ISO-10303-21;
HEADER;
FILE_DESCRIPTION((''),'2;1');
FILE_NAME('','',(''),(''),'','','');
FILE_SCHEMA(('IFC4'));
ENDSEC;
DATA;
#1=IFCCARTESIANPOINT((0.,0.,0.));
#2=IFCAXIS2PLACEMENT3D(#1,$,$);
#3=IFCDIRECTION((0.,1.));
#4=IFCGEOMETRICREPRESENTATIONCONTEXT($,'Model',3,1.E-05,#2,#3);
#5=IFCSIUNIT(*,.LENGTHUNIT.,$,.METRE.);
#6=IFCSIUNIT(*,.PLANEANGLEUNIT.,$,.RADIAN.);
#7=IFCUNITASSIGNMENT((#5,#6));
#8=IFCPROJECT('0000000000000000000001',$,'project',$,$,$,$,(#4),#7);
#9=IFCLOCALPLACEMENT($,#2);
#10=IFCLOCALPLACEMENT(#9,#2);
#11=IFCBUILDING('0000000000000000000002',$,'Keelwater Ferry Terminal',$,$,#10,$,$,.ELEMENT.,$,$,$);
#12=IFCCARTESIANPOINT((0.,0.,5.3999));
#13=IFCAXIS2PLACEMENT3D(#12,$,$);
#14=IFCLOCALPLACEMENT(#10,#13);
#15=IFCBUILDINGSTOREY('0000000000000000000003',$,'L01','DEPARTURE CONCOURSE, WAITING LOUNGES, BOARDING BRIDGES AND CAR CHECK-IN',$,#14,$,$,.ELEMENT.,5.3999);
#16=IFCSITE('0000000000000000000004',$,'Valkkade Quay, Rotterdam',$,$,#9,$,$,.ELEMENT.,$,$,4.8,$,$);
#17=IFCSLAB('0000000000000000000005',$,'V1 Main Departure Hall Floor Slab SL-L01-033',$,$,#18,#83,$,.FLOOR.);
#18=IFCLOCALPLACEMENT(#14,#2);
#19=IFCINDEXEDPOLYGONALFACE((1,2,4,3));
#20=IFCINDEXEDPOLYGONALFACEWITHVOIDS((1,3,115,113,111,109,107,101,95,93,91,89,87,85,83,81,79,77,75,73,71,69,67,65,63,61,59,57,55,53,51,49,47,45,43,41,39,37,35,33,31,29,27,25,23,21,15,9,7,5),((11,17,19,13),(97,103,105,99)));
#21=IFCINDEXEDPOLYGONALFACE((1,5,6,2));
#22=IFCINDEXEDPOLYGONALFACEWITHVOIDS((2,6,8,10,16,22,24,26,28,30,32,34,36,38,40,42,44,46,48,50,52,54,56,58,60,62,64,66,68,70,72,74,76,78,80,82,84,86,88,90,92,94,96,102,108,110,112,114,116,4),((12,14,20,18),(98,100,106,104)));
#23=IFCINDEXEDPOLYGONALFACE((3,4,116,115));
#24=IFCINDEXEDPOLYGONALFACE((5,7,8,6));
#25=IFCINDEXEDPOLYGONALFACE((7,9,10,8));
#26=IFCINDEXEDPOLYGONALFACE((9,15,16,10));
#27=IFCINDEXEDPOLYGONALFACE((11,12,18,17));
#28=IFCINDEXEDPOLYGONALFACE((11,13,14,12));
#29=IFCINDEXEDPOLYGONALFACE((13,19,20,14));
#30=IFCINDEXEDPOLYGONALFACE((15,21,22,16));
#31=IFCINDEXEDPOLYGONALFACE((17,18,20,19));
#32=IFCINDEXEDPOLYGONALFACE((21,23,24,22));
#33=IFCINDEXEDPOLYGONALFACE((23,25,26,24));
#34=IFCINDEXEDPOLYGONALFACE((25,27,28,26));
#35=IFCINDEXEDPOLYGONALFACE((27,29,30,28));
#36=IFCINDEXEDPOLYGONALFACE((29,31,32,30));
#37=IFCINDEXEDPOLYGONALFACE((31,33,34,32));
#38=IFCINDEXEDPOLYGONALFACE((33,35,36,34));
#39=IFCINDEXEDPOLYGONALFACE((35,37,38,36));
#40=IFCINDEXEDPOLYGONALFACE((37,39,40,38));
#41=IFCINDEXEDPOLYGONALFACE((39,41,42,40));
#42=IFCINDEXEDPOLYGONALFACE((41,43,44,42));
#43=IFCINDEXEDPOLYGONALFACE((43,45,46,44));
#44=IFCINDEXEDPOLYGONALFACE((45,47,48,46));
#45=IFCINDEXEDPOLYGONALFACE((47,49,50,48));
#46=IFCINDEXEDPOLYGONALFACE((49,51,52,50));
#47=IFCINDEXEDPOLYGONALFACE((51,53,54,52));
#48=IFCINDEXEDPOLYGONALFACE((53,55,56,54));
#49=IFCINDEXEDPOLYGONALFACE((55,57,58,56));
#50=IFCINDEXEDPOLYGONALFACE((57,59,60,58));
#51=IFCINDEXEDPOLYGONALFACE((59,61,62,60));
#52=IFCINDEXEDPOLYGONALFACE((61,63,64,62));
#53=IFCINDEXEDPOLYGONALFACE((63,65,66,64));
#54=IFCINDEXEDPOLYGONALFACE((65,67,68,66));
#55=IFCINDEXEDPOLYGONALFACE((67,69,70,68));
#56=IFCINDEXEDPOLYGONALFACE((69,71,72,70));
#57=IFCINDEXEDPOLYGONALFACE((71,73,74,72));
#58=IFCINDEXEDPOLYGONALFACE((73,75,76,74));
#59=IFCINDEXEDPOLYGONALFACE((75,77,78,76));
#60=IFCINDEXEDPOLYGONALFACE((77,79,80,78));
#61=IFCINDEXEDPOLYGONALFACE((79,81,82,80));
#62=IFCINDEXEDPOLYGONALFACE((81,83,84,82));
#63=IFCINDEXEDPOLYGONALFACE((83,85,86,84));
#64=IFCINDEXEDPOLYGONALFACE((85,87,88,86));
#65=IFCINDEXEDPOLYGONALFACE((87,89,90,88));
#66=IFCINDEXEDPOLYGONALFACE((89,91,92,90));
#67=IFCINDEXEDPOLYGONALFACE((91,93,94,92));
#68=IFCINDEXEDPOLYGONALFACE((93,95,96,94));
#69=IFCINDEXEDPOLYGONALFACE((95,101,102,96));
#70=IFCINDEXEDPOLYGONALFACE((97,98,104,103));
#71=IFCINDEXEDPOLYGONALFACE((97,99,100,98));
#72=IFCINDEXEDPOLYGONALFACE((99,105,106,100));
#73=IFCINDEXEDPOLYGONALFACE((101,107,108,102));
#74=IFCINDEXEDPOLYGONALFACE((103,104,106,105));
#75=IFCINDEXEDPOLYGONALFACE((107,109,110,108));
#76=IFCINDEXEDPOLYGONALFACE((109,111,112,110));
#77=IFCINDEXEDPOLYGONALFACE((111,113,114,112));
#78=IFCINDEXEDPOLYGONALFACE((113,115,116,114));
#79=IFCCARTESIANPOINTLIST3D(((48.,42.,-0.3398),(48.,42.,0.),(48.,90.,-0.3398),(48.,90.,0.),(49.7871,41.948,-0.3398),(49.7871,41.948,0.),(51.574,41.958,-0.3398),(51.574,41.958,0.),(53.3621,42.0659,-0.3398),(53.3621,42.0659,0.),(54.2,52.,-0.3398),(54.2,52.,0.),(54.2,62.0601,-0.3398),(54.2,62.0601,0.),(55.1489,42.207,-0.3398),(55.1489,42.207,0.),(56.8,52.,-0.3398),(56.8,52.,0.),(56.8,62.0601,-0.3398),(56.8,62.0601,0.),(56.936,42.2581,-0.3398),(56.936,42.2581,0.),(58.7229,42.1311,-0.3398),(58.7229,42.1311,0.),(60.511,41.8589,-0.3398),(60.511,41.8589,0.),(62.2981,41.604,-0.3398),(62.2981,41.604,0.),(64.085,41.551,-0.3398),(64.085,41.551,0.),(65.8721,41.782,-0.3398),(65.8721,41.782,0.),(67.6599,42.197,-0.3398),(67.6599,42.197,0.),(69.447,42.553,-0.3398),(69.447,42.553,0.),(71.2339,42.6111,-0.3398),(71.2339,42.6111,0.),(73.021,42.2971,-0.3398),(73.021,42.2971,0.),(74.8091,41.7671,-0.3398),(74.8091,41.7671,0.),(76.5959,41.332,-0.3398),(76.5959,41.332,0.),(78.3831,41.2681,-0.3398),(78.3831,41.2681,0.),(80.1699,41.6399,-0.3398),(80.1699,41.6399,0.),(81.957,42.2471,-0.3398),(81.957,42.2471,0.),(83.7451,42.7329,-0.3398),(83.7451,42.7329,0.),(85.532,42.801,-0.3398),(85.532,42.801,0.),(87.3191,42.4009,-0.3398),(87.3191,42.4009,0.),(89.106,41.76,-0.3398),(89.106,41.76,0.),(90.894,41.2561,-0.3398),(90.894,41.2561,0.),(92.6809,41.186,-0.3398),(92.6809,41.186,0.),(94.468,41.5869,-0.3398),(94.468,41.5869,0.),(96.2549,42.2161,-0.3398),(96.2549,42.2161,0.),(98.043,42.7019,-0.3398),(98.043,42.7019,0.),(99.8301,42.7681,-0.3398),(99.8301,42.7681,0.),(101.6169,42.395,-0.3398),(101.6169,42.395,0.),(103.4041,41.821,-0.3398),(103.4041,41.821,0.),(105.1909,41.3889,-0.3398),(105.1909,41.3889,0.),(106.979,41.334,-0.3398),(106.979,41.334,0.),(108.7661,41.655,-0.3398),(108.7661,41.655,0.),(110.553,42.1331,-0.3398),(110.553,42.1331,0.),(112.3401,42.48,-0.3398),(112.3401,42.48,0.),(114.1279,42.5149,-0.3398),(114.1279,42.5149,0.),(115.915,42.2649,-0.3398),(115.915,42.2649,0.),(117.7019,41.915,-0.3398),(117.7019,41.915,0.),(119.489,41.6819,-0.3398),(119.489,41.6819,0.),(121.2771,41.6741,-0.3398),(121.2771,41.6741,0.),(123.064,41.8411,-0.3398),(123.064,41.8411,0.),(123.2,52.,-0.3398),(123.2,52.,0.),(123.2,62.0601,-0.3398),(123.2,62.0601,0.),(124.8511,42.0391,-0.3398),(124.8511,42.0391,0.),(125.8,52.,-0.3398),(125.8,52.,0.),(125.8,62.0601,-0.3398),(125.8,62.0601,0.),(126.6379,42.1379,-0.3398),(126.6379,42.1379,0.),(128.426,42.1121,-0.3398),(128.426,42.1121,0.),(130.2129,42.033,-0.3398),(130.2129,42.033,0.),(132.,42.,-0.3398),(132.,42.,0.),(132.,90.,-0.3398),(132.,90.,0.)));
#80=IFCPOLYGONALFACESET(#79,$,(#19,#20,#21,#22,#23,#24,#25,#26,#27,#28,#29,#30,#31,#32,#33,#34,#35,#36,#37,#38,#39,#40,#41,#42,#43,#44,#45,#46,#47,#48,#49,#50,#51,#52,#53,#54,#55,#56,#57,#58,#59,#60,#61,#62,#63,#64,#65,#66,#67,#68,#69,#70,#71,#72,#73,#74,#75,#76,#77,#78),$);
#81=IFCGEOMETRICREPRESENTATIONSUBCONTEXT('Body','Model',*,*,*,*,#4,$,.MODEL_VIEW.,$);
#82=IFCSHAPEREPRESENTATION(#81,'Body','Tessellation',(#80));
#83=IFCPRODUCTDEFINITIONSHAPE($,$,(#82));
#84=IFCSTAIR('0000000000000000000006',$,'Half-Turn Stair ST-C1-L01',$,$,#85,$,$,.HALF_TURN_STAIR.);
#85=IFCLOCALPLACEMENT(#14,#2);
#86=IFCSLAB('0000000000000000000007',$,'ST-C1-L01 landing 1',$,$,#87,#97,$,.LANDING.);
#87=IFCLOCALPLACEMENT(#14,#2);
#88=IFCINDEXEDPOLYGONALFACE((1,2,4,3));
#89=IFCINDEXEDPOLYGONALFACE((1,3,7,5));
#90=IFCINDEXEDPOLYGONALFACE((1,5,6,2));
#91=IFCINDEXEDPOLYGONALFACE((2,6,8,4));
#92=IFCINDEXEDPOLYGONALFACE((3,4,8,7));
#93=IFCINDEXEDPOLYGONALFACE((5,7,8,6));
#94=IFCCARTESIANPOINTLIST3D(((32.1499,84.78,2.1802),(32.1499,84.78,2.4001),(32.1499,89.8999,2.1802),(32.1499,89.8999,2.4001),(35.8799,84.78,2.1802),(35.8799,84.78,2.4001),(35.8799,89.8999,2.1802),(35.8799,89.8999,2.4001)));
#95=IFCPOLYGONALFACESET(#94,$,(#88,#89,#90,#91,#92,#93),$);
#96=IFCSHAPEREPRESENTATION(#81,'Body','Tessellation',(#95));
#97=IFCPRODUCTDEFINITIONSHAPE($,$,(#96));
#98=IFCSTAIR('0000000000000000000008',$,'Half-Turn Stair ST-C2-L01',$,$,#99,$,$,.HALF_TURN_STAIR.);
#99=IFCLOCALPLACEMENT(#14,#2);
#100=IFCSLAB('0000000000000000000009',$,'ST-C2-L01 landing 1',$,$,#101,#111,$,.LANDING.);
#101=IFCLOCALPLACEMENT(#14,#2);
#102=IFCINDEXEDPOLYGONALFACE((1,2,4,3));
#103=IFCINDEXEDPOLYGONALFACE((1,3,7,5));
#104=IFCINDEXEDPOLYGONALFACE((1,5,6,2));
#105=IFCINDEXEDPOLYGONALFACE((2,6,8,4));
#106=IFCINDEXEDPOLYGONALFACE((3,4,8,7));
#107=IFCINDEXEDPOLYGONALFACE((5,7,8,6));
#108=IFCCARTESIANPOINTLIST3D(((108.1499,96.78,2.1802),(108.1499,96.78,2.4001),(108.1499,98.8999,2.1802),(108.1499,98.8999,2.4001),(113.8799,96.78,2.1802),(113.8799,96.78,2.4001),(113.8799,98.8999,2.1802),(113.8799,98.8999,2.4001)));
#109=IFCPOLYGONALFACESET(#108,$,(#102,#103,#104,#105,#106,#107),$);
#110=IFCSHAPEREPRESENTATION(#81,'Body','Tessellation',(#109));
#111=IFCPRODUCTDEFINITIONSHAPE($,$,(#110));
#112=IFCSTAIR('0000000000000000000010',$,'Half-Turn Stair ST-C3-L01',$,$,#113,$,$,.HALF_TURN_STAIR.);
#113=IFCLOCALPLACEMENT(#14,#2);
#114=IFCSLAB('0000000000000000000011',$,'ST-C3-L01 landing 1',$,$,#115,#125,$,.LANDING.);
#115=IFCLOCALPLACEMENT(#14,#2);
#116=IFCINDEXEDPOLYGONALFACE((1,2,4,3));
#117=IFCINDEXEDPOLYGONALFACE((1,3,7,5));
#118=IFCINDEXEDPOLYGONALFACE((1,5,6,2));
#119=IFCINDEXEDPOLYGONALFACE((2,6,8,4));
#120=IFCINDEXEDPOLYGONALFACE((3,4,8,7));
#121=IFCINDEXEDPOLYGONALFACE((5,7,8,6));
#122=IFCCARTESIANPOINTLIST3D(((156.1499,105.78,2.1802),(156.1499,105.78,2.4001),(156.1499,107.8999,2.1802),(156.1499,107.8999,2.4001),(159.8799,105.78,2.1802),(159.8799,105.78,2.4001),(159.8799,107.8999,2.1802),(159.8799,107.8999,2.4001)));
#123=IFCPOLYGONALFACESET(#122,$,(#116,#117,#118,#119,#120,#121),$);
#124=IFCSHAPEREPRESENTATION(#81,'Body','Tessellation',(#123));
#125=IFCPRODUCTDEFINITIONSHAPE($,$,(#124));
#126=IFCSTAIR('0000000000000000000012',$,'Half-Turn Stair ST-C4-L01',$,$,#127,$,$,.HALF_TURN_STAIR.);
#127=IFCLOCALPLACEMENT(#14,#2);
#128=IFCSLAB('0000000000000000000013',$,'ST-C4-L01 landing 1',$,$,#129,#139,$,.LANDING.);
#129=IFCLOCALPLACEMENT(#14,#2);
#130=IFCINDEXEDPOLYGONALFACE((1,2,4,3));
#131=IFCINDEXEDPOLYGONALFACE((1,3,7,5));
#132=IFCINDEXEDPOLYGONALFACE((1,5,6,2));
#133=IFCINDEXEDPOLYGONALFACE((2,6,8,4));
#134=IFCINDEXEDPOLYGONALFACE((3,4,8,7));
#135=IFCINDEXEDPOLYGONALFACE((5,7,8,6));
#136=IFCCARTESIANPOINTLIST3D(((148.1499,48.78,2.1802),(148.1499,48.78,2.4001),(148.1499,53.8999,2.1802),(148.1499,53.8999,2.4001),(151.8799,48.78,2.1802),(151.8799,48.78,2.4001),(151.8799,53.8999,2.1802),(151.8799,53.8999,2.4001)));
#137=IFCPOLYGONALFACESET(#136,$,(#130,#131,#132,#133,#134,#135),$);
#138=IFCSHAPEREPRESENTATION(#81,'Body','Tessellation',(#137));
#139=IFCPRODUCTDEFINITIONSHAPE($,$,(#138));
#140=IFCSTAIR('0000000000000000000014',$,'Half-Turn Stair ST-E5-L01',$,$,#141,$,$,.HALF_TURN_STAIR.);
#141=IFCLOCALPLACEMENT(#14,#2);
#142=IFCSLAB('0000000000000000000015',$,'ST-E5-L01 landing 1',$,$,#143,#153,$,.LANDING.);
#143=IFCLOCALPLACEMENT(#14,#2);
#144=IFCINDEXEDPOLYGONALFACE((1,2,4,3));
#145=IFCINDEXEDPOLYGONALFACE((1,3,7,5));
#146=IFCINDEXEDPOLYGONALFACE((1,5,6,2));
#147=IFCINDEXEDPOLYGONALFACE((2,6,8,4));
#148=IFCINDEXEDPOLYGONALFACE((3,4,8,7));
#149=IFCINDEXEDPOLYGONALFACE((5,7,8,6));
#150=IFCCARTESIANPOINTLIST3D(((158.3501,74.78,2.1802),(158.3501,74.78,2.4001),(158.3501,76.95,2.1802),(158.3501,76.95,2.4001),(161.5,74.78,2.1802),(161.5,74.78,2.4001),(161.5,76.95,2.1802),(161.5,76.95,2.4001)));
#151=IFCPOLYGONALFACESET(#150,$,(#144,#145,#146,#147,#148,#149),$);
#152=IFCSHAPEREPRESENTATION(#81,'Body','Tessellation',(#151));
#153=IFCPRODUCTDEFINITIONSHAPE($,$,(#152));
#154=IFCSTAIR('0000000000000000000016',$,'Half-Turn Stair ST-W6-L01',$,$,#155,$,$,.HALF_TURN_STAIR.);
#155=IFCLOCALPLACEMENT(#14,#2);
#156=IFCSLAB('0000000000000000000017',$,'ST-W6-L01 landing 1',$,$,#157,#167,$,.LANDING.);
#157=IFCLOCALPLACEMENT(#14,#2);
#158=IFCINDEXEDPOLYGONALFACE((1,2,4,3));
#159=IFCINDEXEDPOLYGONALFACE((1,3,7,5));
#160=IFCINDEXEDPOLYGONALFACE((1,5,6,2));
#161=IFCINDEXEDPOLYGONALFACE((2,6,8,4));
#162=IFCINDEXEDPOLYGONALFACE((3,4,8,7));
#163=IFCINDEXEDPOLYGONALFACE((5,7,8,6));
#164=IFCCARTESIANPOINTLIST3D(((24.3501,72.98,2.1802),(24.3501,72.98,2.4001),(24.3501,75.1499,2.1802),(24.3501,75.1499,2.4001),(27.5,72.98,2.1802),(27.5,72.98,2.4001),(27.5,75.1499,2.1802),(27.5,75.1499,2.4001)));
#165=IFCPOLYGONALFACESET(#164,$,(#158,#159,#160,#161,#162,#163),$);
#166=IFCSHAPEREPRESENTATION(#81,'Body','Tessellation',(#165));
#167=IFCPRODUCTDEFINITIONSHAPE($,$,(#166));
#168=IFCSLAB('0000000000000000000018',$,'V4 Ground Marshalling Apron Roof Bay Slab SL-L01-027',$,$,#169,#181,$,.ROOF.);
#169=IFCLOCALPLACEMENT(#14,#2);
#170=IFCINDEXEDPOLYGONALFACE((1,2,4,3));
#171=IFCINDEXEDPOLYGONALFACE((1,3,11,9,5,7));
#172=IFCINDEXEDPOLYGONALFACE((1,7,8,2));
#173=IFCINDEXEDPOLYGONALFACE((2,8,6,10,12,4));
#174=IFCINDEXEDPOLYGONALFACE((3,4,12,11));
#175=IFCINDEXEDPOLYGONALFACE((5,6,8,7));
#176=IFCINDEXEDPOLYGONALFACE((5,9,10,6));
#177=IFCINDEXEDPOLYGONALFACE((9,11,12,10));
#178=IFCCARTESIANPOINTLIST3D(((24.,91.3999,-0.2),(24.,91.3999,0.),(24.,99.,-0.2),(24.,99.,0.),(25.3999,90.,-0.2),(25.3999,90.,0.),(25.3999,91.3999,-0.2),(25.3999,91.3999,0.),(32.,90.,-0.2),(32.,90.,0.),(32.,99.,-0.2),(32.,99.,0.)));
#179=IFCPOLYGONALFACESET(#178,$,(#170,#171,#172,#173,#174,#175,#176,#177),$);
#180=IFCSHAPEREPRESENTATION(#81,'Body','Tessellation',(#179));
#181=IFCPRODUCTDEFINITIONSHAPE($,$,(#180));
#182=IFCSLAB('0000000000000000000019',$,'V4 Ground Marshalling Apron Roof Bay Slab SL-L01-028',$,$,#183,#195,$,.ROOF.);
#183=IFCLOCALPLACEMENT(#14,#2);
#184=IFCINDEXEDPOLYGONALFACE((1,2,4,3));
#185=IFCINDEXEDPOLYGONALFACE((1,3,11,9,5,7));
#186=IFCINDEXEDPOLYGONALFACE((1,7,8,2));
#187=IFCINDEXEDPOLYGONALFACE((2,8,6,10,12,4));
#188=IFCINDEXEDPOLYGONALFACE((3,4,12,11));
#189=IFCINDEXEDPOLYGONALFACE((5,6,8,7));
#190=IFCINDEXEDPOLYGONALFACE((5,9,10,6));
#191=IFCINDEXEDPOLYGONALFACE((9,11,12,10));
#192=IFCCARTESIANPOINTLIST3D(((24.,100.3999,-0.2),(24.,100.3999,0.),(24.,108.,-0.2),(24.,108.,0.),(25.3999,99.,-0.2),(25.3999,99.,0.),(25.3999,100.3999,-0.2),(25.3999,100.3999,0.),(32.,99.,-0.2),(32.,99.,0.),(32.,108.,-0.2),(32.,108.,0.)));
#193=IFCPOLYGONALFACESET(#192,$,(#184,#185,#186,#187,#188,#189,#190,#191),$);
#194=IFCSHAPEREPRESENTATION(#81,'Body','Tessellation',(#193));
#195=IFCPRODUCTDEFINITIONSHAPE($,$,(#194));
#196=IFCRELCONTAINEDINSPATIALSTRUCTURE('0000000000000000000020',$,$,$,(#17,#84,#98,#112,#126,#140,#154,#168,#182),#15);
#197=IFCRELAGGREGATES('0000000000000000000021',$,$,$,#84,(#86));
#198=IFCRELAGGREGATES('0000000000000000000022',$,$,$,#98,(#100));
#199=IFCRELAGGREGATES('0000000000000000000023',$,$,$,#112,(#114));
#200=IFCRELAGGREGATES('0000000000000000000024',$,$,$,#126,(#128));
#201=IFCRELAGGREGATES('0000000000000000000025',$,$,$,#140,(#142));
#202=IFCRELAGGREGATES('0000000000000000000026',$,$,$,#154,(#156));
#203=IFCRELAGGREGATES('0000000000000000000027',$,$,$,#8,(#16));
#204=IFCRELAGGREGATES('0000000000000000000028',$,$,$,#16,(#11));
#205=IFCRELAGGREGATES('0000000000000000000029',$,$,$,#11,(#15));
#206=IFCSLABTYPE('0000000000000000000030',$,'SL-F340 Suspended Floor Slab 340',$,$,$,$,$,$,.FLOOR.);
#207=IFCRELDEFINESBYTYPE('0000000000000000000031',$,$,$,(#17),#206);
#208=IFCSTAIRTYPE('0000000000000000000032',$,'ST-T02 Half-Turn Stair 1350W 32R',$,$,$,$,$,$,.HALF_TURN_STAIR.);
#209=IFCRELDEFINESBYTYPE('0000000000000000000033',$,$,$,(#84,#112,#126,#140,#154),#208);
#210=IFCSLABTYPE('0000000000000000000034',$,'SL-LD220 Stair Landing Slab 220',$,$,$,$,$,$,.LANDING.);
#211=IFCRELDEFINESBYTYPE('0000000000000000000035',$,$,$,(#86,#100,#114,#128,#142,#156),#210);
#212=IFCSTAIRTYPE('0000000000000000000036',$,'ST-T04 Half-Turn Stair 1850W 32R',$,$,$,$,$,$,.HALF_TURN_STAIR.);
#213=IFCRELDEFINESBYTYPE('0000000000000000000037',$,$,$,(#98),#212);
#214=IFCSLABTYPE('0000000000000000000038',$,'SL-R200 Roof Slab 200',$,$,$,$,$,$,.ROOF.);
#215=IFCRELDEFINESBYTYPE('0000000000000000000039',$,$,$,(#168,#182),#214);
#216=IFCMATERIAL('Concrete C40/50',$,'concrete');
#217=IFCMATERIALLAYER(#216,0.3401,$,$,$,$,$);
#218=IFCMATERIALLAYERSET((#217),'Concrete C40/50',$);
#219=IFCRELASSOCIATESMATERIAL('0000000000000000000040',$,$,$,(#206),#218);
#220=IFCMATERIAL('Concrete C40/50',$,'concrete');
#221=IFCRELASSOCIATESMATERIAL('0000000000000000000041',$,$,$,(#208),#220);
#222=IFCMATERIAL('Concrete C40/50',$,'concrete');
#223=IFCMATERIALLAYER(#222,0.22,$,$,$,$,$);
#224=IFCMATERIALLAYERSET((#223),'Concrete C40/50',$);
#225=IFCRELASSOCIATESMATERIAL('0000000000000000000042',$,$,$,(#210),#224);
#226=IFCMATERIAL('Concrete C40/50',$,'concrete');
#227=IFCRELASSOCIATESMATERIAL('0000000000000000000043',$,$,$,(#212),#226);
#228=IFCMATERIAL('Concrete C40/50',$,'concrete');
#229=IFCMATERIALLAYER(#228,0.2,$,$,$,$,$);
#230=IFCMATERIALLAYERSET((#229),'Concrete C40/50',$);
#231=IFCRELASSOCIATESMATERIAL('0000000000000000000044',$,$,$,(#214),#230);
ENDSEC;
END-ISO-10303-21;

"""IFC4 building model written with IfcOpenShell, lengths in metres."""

from ifc_helpers import new_model, si_unit, direction, frame, origin, place, context, subcontext, project, spatial, polyline, outline, extrude, material, layer, layer_set, type_object, element, aggregate, save


model = new_model("IFC4")

# Units and contexts
model_context = context("Model", 3, precision=1e-05, world=origin(), true_north=direction((0.0, 1.0)))
body_context = subcontext(model_context, "Body", "Model", "MODEL_VIEW")
ifc_project = project(units=[si_unit("LENGTHUNIT", "METRE"), si_unit("PLANEANGLEUNIT", "RADIAN")], contexts=[model_context])

# Site, building, storey
site_placement = place(None, origin())
site = spatial("IfcSite", under=ifc_project, at=site_placement, Name="Valkkade Quay, Rotterdam", CompositionType="ELEMENT", RefElevation=4.8)
building_placement = place(site_placement, origin())
building = spatial("IfcBuilding", under=site, at=building_placement, Name="Keelwater Ferry Terminal", CompositionType="ELEMENT")
storey_placement = place(building_placement, frame((0.0, 0.0, 5.3999)))
storey = spatial("IfcBuildingStorey", under=building, at=storey_placement, Name="L01", Description="DEPARTURE CONCOURSE, WAITING LOUNGES, BOARDING BRIDGES AND CAR CHECK-IN", CompositionType="ELEMENT", Elevation=5.3999)

# Slab
ifc_material_1 = material(Name="Concrete C40/50", Category="concrete")
ifc_layer_1 = layer(ifc_material_1, 0.3401)
ifc_layer_set_1 = layer_set([ifc_layer_1], Name="Concrete C40/50")
slab_type_1 = type_object("IfcSlabType", Name="SL-F340 Suspended Floor Slab 340", PredefinedType="FLOOR", material=ifc_layer_set_1)
slab_1_placement = place(storey_placement, frame((0.0, 0.0, -0.3398)))
element("IfcSlab", 1, at=slab_1_placement, inside=storey, type_object=slab_type_1, Name="V1 Main Departure Hall Floor Slab SL-L01-033", PredefinedType="FLOOR", context=body_context, shape_type="SweptSolid", body=[
    extrude(outline(polyline([(48.0, 42.0), (49.7871, 41.948), (51.574, 41.958), (53.3621, 42.0659), (55.1489, 42.207), (56.936, 42.2581), (58.7229, 42.1311), (60.511, 41.8589), (62.2981, 41.604), (64.085, 41.551), (65.8721, 41.782), (67.6599, 42.197), (69.447, 42.553), (71.2339, 42.6111), (73.021, 42.2971), (74.8091, 41.7671), (76.5959, 41.332), (78.3831, 41.2681), (80.1699, 41.6399), (81.957, 42.2471), (83.7451, 42.7329), (85.532, 42.801), (87.3191, 42.4009), (89.106, 41.76), (90.894, 41.2561), (92.6809, 41.186), (94.468, 41.5869), (96.2549, 42.2161), (98.043, 42.7019), (99.8301, 42.7681), (101.6169, 42.395), (103.4041, 41.821), (105.1909, 41.3889), (106.979, 41.334), (108.7661, 41.655), (110.553, 42.1331), (112.3401, 42.48), (114.1279, 42.5149), (115.915, 42.2649), (117.7019, 41.915), (119.489, 41.6819), (121.2771, 41.6741), (123.064, 41.8411), (124.8511, 42.0391), (126.6379, 42.1379), (128.426, 42.1121), (130.2129, 42.033), (132.0, 42.0), (132.0, 90.0), (48.0, 90.0), (48.0, 42.0)]), holes=[polyline([(54.2, 52.0), (56.8, 52.0), (56.8, 62.0601), (54.2, 62.0601), (54.2, 52.0)]), polyline([(123.2, 52.0), (125.8, 52.0), (125.8, 62.0601), (123.2, 62.0601), (123.2, 52.0)])]), origin(), (0.0, 0.0, 1.0), 0.3398),
])

# Stairs, slabs
ifc_material_2 = material(Name="Concrete C40/50", Category="concrete")
stair_type_1 = type_object("IfcStairType", Name="ST-T02 Half-Turn Stair 1350W 32R", PredefinedType="HALF_TURN_STAIR", material=ifc_material_2)
stair_1_placement = place(storey_placement, origin())
stair_1 = element("IfcStair", 2, at=stair_1_placement, inside=storey, type_object=stair_type_1, Name="Half-Turn Stair ST-C1-L01", PredefinedType="HALF_TURN_STAIR")
ifc_material_3 = material(Name="Concrete C40/50", Category="concrete")
ifc_layer_2 = layer(ifc_material_3, 0.22)
ifc_layer_set_2 = layer_set([ifc_layer_2], Name="Concrete C40/50")
slab_type_2 = type_object("IfcSlabType", Name="SL-LD220 Stair Landing Slab 220", PredefinedType="LANDING", material=ifc_layer_set_2)
slab_2_placement = place(storey_placement, frame((0.0, 0.0, 2.1802)))
slab_2 = element("IfcSlab", 3, at=slab_2_placement, type_object=slab_type_2, Name="ST-C1-L01 landing 1", PredefinedType="LANDING", context=body_context, shape_type="SweptSolid", body=[
    extrude(outline(polyline([(32.1499, 84.78), (35.8799, 84.78), (35.8799, 89.8999), (32.1499, 89.8999), (32.1499, 84.78)])), origin(), (0.0, 0.0, 1.0), 0.22),
])
aggregate(stair_1, [slab_2])
ifc_material_4 = material(Name="Concrete C40/50", Category="concrete")
stair_type_2 = type_object("IfcStairType", Name="ST-T04 Half-Turn Stair 1850W 32R", PredefinedType="HALF_TURN_STAIR", material=ifc_material_4)
stair_2_placement = place(storey_placement, origin())
stair_2 = element("IfcStair", 4, at=stair_2_placement, inside=storey, type_object=stair_type_2, Name="Half-Turn Stair ST-C2-L01", PredefinedType="HALF_TURN_STAIR")
slab_3_placement = place(storey_placement, frame((0.0, 0.0, 2.1802)))
slab_3 = element("IfcSlab", 5, at=slab_3_placement, type_object=slab_type_2, Name="ST-C2-L01 landing 1", PredefinedType="LANDING", context=body_context, shape_type="SweptSolid", body=[
    extrude(outline(polyline([(108.1499, 96.78), (113.8799, 96.78), (113.8799, 98.8999), (108.1499, 98.8999), (108.1499, 96.78)])), origin(), (0.0, 0.0, 1.0), 0.22),
])
aggregate(stair_2, [slab_3])
stair_3_placement = place(storey_placement, origin())
stair_3 = element("IfcStair", 6, at=stair_3_placement, inside=storey, type_object=stair_type_1, Name="Half-Turn Stair ST-C3-L01", PredefinedType="HALF_TURN_STAIR")
slab_4_placement = place(storey_placement, frame((0.0, 0.0, 2.1802)))
slab_4 = element("IfcSlab", 7, at=slab_4_placement, type_object=slab_type_2, Name="ST-C3-L01 landing 1", PredefinedType="LANDING", context=body_context, shape_type="SweptSolid", body=[
    extrude(outline(polyline([(156.1499, 105.78), (159.8799, 105.78), (159.8799, 107.8999), (156.1499, 107.8999), (156.1499, 105.78)])), origin(), (0.0, 0.0, 1.0), 0.22),
])
aggregate(stair_3, [slab_4])
stair_4_placement = place(storey_placement, origin())
stair_4 = element("IfcStair", 8, at=stair_4_placement, inside=storey, type_object=stair_type_1, Name="Half-Turn Stair ST-C4-L01", PredefinedType="HALF_TURN_STAIR")
slab_5_placement = place(storey_placement, frame((0.0, 0.0, 2.1802)))
slab_5 = element("IfcSlab", 9, at=slab_5_placement, type_object=slab_type_2, Name="ST-C4-L01 landing 1", PredefinedType="LANDING", context=body_context, shape_type="SweptSolid", body=[
    extrude(outline(polyline([(148.1499, 48.78), (151.8799, 48.78), (151.8799, 53.8999), (148.1499, 53.8999), (148.1499, 48.78)])), origin(), (0.0, 0.0, 1.0), 0.22),
])
aggregate(stair_4, [slab_5])
stair_5_placement = place(storey_placement, origin())
stair_5 = element("IfcStair", 10, at=stair_5_placement, inside=storey, type_object=stair_type_1, Name="Half-Turn Stair ST-E5-L01", PredefinedType="HALF_TURN_STAIR")
slab_6_placement = place(storey_placement, frame((0.0, 0.0, 2.1802)))
slab_6 = element("IfcSlab", 11, at=slab_6_placement, type_object=slab_type_2, Name="ST-E5-L01 landing 1", PredefinedType="LANDING", context=body_context, shape_type="SweptSolid", body=[
    extrude(outline(polyline([(158.3501, 74.78), (161.5, 74.78), (161.5, 76.95), (158.3501, 76.95), (158.3501, 74.78)])), origin(), (0.0, 0.0, 1.0), 0.22),
])
aggregate(stair_5, [slab_6])
stair_6_placement = place(storey_placement, origin())
stair_6 = element("IfcStair", 12, at=stair_6_placement, inside=storey, type_object=stair_type_1, Name="Half-Turn Stair ST-W6-L01", PredefinedType="HALF_TURN_STAIR")
slab_7_placement = place(storey_placement, frame((0.0, 0.0, 2.1802)))
slab_7 = element("IfcSlab", 13, at=slab_7_placement, type_object=slab_type_2, Name="ST-W6-L01 landing 1", PredefinedType="LANDING", context=body_context, shape_type="SweptSolid", body=[
    extrude(outline(polyline([(24.3501, 72.98), (27.5, 72.98), (27.5, 75.1499), (24.3501, 75.1499), (24.3501, 72.98)])), origin(), (0.0, 0.0, 1.0), 0.22),
])
aggregate(stair_6, [slab_7])

# Slabs
ifc_material_5 = material(Name="Concrete C40/50", Category="concrete")
ifc_layer_3 = layer(ifc_material_5, 0.2)
ifc_layer_set_3 = layer_set([ifc_layer_3], Name="Concrete C40/50")
slab_type_3 = type_object("IfcSlabType", Name="SL-R200 Roof Slab 200", PredefinedType="ROOF", material=ifc_layer_set_3)
slab_8_placement = place(storey_placement, frame((0.0, 0.0, -0.2)))
element("IfcSlab", 14, at=slab_8_placement, inside=storey, type_object=slab_type_3, Name="V4 Ground Marshalling Apron Roof Bay Slab SL-L01-027", PredefinedType="ROOF", context=body_context, shape_type="SweptSolid", body=[
    extrude(outline(polyline([(25.3999, 90.0), (32.0, 90.0), (32.0, 99.0), (24.0, 99.0), (24.0, 91.3999), (25.3999, 91.3999), (25.3999, 90.0)])), origin(), (0.0, 0.0, 1.0), 0.2),
])
slab_9_placement = place(storey_placement, frame((0.0, 0.0, -0.2)))
element("IfcSlab", 15, at=slab_9_placement, inside=storey, type_object=slab_type_3, Name="V4 Ground Marshalling Apron Roof Bay Slab SL-L01-028", PredefinedType="ROOF", context=body_context, shape_type="SweptSolid", body=[
    extrude(outline(polyline([(25.3999, 99.0), (32.0, 99.0), (32.0, 108.0), (24.0, 108.0), (24.0, 100.3999), (25.3999, 100.3999), (25.3999, 99.0)])), origin(), (0.0, 0.0, 1.0), 0.2),
])

save(model, "model.ifc")
